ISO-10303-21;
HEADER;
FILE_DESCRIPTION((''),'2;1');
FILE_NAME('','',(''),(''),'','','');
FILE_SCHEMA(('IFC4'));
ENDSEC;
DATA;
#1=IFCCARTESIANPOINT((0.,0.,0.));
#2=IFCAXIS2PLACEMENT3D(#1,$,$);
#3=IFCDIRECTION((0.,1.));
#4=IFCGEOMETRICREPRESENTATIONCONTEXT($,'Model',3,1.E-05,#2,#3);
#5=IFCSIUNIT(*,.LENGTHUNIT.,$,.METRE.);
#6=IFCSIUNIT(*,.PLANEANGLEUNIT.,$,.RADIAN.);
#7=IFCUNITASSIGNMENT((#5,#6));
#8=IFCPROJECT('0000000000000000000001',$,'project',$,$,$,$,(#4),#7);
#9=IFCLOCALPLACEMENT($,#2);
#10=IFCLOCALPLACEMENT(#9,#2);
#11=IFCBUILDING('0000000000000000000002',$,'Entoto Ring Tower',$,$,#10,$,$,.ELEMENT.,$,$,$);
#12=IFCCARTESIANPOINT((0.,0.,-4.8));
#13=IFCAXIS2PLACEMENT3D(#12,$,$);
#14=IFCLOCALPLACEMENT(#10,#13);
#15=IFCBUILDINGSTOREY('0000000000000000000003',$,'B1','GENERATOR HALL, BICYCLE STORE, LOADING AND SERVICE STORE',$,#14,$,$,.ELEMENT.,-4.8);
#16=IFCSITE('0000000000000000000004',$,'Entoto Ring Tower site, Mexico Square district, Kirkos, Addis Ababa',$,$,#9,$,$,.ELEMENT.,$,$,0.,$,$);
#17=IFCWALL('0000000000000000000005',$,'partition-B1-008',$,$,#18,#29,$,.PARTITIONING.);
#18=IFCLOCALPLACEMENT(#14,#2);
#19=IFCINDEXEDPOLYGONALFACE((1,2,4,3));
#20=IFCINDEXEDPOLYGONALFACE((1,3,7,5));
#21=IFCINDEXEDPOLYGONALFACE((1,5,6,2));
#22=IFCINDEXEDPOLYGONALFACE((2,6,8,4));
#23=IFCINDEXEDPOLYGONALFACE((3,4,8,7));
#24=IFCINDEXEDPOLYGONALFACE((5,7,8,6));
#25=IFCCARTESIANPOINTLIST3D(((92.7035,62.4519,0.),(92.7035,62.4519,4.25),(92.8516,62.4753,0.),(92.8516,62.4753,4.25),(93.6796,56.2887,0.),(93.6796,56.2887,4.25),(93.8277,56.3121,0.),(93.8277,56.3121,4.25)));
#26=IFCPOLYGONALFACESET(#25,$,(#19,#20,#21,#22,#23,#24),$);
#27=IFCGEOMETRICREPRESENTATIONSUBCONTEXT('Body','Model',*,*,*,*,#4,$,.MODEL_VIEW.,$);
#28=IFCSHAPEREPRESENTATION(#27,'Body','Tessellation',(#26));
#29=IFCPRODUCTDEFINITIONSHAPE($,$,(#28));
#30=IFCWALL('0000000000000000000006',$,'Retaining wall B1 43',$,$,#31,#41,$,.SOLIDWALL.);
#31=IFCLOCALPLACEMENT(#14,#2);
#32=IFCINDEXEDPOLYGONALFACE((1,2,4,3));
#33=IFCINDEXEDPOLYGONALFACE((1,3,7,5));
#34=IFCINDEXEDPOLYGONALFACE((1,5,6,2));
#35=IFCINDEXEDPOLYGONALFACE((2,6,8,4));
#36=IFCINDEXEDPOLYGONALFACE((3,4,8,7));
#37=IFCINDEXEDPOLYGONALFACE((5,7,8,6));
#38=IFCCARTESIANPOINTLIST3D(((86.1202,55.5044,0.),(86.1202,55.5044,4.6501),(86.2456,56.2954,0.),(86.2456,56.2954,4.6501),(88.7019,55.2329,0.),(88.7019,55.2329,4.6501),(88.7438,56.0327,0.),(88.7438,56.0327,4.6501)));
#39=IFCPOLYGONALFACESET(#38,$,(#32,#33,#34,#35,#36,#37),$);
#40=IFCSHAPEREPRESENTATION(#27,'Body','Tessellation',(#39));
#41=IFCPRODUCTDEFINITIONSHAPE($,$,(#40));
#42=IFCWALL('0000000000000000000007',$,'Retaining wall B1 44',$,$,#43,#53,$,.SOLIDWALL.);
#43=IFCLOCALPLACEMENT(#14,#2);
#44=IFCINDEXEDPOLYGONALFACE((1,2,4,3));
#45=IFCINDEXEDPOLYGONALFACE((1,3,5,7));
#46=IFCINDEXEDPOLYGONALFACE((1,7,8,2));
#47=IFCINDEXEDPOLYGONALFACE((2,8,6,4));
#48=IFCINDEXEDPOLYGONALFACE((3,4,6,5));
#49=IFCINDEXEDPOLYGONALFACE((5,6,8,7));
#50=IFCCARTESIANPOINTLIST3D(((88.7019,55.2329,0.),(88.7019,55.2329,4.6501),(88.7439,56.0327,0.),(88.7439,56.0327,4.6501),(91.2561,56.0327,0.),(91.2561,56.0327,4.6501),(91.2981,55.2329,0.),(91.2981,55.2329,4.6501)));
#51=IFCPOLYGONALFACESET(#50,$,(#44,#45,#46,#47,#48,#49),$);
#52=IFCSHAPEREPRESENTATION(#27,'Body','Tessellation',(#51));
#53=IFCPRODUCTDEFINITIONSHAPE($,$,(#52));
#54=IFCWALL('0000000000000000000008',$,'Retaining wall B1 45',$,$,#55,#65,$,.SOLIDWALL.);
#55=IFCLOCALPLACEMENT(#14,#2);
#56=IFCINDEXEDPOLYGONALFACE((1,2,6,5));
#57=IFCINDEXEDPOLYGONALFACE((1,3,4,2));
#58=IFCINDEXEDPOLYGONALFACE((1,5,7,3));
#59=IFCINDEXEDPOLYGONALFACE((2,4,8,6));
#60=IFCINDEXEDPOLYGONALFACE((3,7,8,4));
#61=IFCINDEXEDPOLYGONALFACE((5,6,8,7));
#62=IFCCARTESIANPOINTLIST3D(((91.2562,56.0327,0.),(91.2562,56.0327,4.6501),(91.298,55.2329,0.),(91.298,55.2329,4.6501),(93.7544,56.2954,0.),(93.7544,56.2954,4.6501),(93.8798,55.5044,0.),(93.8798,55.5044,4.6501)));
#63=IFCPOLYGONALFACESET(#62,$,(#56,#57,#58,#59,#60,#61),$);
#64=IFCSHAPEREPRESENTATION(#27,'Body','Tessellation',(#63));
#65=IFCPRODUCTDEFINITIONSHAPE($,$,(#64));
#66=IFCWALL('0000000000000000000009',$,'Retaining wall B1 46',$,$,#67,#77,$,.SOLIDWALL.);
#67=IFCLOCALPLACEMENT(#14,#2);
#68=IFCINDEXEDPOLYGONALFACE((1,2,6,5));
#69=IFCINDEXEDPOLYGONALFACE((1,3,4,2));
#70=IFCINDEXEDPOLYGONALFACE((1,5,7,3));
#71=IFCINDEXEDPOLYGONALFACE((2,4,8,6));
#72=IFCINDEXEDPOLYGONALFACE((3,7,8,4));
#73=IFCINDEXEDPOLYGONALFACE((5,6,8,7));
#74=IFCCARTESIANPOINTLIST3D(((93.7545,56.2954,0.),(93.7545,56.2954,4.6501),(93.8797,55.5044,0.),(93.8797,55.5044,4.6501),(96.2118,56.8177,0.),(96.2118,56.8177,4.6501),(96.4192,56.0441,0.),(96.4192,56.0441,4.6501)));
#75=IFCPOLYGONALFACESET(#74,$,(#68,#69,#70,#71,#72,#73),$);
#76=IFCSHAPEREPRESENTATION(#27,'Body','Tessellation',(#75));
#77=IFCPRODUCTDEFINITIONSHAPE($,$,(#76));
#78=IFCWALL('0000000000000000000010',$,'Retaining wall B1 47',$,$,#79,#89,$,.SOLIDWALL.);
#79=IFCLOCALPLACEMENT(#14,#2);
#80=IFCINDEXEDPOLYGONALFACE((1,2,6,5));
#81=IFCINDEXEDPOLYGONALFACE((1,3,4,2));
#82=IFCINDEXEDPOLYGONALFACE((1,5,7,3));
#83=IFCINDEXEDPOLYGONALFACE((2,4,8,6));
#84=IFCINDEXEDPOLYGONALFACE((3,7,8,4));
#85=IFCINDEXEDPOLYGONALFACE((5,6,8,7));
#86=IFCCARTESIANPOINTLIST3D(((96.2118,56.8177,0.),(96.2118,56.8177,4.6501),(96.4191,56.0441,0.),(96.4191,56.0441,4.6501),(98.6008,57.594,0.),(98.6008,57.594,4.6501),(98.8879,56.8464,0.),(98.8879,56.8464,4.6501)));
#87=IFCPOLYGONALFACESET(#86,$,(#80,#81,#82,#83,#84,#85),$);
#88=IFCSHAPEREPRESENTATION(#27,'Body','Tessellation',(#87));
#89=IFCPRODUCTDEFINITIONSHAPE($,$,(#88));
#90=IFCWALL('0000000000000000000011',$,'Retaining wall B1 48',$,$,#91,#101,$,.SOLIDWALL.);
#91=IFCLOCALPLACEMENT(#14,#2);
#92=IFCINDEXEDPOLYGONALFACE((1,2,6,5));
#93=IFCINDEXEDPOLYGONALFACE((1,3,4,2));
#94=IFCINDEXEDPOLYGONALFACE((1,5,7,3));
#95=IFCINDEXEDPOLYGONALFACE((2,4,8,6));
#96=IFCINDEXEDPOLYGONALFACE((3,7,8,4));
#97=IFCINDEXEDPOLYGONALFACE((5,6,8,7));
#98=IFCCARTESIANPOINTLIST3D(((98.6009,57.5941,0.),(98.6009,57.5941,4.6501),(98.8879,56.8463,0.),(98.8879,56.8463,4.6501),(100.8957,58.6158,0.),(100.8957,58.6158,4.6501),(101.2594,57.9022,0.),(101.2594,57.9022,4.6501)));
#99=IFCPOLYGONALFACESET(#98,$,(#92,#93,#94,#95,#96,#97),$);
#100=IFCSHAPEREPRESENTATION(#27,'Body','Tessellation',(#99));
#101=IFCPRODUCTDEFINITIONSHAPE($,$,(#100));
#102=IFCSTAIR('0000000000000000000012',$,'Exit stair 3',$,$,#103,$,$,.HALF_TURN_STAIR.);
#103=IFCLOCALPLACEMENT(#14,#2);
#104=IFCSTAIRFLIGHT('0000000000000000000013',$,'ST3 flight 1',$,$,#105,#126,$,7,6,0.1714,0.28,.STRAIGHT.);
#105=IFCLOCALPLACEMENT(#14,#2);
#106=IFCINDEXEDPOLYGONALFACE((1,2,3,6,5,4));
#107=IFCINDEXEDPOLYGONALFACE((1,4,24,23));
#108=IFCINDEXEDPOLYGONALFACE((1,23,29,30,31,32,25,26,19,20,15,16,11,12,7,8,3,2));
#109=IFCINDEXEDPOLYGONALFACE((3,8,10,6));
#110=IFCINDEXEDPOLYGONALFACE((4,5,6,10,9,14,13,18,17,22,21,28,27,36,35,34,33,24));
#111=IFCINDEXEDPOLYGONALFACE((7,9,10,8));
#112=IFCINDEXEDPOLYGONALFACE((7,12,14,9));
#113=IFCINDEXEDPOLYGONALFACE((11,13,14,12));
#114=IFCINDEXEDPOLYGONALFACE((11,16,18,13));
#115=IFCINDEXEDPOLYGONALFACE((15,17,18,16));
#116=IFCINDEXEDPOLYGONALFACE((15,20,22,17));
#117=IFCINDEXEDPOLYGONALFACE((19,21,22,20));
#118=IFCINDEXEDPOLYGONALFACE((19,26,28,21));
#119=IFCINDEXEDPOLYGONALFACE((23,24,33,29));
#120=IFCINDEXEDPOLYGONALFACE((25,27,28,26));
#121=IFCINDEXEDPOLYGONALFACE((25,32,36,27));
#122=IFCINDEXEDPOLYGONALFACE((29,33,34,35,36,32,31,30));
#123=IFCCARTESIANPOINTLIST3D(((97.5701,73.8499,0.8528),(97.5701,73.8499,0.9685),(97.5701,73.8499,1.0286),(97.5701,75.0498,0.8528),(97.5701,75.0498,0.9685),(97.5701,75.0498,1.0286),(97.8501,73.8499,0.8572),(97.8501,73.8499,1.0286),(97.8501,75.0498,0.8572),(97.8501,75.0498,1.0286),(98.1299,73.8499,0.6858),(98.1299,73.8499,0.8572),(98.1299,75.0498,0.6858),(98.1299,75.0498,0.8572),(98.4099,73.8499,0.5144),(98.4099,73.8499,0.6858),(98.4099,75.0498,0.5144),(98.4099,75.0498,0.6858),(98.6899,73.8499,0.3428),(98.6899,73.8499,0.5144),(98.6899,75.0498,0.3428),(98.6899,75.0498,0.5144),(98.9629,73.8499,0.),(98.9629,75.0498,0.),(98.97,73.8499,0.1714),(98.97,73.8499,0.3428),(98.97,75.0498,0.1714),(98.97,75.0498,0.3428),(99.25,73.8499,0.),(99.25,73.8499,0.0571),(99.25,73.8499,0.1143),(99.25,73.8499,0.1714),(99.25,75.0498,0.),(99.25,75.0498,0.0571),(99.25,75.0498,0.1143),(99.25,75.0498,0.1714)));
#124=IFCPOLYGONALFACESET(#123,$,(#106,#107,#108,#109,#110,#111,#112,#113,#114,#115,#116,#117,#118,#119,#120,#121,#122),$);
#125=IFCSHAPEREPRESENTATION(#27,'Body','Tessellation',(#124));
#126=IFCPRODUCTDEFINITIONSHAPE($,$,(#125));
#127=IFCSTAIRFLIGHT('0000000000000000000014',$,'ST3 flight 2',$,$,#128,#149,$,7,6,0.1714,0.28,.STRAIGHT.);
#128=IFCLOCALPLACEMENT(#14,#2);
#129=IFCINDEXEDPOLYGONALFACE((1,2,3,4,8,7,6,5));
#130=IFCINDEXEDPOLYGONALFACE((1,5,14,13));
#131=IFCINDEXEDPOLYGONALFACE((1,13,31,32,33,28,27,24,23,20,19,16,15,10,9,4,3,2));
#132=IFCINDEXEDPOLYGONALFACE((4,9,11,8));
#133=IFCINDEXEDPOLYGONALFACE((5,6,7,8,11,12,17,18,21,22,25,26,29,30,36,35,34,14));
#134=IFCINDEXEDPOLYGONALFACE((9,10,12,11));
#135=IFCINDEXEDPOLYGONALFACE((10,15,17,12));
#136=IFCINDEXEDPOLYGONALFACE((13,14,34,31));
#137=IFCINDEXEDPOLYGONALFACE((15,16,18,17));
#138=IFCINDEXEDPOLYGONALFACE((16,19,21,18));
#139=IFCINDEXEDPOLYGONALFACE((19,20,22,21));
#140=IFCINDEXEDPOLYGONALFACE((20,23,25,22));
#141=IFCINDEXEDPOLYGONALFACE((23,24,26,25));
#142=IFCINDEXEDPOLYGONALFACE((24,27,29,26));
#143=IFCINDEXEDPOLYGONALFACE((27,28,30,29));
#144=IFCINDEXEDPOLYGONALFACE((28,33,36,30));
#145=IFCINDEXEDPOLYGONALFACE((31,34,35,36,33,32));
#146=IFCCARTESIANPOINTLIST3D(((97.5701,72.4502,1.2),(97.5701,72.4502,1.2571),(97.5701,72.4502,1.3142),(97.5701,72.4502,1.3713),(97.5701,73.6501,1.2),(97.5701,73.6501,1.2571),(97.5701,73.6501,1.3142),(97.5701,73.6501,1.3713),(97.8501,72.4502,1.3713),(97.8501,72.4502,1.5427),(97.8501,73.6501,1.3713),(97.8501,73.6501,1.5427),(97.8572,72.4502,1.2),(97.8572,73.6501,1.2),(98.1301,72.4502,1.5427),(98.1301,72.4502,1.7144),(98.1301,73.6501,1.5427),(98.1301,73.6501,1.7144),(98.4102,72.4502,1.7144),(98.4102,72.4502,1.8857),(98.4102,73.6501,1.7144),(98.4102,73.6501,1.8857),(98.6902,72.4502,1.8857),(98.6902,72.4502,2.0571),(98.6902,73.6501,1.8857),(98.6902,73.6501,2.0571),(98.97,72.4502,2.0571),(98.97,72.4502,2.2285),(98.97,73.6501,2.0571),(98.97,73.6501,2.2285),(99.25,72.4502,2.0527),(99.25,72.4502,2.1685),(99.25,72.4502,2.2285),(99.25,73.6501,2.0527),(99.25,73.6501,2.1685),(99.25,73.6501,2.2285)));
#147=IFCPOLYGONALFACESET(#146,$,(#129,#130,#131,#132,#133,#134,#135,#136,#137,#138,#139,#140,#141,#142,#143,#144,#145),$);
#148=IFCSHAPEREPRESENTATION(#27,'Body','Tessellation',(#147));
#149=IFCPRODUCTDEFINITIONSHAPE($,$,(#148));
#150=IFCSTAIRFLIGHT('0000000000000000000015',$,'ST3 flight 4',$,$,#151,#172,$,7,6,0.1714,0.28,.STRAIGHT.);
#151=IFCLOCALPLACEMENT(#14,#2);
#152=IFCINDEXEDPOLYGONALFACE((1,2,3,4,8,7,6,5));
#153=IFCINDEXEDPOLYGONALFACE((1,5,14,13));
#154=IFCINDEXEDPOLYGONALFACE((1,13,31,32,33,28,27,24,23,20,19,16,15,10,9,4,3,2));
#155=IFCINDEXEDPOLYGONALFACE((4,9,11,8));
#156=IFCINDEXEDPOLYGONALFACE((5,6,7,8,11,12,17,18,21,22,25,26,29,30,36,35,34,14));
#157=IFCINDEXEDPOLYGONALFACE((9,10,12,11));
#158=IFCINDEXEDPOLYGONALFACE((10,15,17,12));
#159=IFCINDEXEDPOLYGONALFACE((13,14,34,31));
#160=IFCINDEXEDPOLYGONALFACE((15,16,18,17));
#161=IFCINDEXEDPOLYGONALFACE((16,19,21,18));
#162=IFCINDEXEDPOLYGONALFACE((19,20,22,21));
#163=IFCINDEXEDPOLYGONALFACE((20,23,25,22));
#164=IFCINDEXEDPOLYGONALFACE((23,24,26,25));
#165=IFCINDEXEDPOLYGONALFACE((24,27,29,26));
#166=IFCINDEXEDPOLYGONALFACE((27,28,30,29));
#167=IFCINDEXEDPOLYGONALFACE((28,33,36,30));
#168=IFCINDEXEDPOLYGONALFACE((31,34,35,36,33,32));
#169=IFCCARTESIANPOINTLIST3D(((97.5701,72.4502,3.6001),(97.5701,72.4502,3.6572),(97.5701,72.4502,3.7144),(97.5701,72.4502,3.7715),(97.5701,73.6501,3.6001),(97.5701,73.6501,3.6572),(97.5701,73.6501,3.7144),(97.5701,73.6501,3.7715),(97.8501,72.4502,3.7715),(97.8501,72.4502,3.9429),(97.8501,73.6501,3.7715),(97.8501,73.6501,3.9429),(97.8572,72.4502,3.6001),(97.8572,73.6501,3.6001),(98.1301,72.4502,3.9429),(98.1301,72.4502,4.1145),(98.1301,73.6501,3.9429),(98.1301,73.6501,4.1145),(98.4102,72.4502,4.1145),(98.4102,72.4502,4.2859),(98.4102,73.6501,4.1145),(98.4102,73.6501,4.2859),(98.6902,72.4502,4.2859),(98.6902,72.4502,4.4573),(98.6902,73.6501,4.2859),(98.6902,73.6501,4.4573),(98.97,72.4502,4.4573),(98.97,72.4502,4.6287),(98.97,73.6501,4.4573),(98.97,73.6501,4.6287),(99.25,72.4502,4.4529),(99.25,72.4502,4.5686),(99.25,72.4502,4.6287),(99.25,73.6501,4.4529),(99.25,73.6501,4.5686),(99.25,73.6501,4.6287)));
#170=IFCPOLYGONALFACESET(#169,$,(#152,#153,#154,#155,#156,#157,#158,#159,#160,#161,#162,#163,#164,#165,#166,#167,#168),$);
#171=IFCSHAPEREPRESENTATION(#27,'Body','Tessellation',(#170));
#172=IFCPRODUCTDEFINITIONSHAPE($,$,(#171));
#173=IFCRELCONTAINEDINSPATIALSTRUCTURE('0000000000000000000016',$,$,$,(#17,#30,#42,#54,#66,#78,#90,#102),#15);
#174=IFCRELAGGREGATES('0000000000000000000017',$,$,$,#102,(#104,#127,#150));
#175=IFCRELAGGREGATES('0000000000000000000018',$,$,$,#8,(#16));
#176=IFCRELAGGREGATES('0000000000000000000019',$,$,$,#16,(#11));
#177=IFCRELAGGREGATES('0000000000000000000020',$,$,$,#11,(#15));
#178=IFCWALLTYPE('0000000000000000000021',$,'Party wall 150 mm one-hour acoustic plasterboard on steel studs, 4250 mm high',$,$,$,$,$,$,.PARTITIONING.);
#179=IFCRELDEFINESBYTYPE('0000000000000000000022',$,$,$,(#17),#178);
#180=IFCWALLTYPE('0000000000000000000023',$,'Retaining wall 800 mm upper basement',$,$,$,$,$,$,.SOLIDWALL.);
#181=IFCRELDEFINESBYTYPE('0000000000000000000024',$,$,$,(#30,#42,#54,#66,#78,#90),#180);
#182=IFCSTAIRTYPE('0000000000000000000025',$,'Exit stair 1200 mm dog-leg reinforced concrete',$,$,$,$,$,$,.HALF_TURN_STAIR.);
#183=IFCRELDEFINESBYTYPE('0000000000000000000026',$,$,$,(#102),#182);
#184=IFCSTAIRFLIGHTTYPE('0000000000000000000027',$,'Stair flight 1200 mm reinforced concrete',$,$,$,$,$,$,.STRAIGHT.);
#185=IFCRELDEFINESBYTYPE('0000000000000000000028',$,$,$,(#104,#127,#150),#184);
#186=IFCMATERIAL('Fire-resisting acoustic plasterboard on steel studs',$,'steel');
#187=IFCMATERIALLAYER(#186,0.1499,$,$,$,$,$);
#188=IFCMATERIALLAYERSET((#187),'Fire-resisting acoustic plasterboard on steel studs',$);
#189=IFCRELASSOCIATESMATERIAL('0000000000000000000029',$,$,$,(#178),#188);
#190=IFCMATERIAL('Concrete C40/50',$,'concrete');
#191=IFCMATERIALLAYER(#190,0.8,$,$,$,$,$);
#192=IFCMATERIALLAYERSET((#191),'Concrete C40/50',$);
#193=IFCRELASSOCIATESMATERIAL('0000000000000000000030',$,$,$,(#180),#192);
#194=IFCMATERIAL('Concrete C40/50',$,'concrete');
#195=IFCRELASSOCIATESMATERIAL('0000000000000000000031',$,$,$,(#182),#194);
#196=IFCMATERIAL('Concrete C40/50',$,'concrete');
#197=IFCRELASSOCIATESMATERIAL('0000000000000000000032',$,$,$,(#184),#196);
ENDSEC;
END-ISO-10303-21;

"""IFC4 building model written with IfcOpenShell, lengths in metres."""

from ifc_helpers import new_model, si_unit, direction, frame, frame_2d, origin, place, context, subcontext, project, spatial, polyline, rectangle, outline, extrude, material, layer, layer_set, type_object, element, aggregate, save


model = new_model("IFC4")

# Units and contexts
model_context = context("Model", 3, precision=1e-05, world=origin(), true_north=direction((0.0, 1.0)))
body_context = subcontext(model_context, "Body", "Model", "MODEL_VIEW")
ifc_project = project(units=[si_unit("LENGTHUNIT", "METRE"), si_unit("PLANEANGLEUNIT", "RADIAN")], contexts=[model_context])

# Site, building, storey
site_placement = place(None, origin())
site = spatial("IfcSite", under=ifc_project, at=site_placement, Name="Entoto Ring Tower site, Mexico Square district, Kirkos, Addis Ababa", CompositionType="ELEMENT", RefElevation=0.0)
building_placement = place(site_placement, origin())
building = spatial("IfcBuilding", under=site, at=building_placement, Name="Entoto Ring Tower", CompositionType="ELEMENT")
storey_placement = place(building_placement, frame((0.0, 0.0, -4.8)))
storey = spatial("IfcBuildingStorey", under=building, at=storey_placement, Name="B1", Description="GENERATOR HALL, BICYCLE STORE, LOADING AND SERVICE STORE", CompositionType="ELEMENT", Elevation=-4.8)

# Walls
ifc_material_1 = material(Name="Fire-resisting acoustic plasterboard on steel studs", Category="steel")
ifc_layer_1 = layer(ifc_material_1, 0.1499)
ifc_layer_set_1 = layer_set([ifc_layer_1], Name="Fire-resisting acoustic plasterboard on steel studs")
wall_type_1 = type_object("IfcWallType", Name="Party wall 150 mm one-hour acoustic plasterboard on steel studs, 4250 mm high", PredefinedType="PARTITIONING", material=ifc_layer_set_1)
wall_1_placement = place(storey_placement, frame((93.7537, 56.3003, 0.0), z_axis=(0.0, 0.0, 1.0), x_axis=(-0.156425, 0.98769, 0.0)))
element("IfcWall", 1, at=wall_1_placement, inside=storey, type_object=wall_type_1, Name="partition-B1-008", PredefinedType="PARTITIONING", context=body_context, shape_type="SweptSolid", body=[
    extrude(rectangle(XDim=6.24, YDim=0.1499, at=frame_2d((3.1201, 0.0))), origin(), (0.0, 0.0, 1.0), 4.25),
])
ifc_material_2 = material(Name="Concrete C40/50", Category="concrete")
ifc_layer_2 = layer(ifc_material_2, 0.8)
ifc_layer_set_2 = layer_set([ifc_layer_2], Name="Concrete C40/50")
wall_type_2 = type_object("IfcWallType", Name="Retaining wall 800 mm upper basement", PredefinedType="SOLIDWALL", material=ifc_layer_set_2)
wall_2_placement = place(storey_placement, frame((86.1829, 55.8999, 0.0), z_axis=(0.0, 0.0, 1.0), x_axis=(0.994517, -0.104575, 0.0)))
element("IfcWall", 2, at=wall_2_placement, inside=storey, type_object=wall_type_2, Name="Retaining wall B1 43", PredefinedType="SOLIDWALL", context=body_context, shape_type="SweptSolid", body=[
    extrude(outline(polyline([(-0.021, -0.3999), (2.575, -0.3999), (2.533, 0.3999), (0.021, 0.3999), (-0.021, -0.3999)])), origin(), (0.0, 0.0, 1.0), 4.6501),
])
wall_3_placement = place(storey_placement, frame((88.7229, 55.6328, 0.0), z_axis=(0.0, 0.0, 1.0), x_axis=(1.0, 0.0, 0.0)))
element("IfcWall", 3, at=wall_3_placement, inside=storey, type_object=wall_type_2, Name="Retaining wall B1 44", PredefinedType="SOLIDWALL", context=body_context, shape_type="SweptSolid", body=[
    extrude(outline(polyline([(-0.021, -0.3999), (2.5752, -0.3999), (2.5332, 0.3999), (0.021, 0.3999), (-0.021, -0.3999)])), origin(), (0.0, 0.0, 1.0), 4.6501),
])
wall_4_placement = place(storey_placement, frame((91.2771, 55.6328, 0.0), z_axis=(0.0, 0.0, 1.0), x_axis=(0.994517, 0.104575, 0.0)))
element("IfcWall", 4, at=wall_4_placement, inside=storey, type_object=wall_type_2, Name="Retaining wall B1 45", PredefinedType="SOLIDWALL", context=body_context, shape_type="SweptSolid", body=[
    extrude(outline(polyline([(-0.021, -0.3999), (2.575, -0.3999), (2.533, 0.3999), (0.021, 0.3999), (-0.021, -0.3999)])), origin(), (0.0, 0.0, 1.0), 4.6501),
])
wall_5_placement = place(storey_placement, frame((93.8171, 55.8999, 0.0), z_axis=(0.0, 0.0, 1.0), x_axis=(0.978149, 0.207903, 0.0)))
element("IfcWall", 5, at=wall_5_placement, inside=storey, type_object=wall_type_2, Name="Retaining wall B1 46", PredefinedType="SOLIDWALL", context=body_context, shape_type="SweptSolid", body=[
    extrude(outline(polyline([(-0.021, -0.3999), (2.5752, -0.3999), (2.5332, 0.3999), (0.021, 0.3999), (-0.021, -0.3999)])), origin(), (0.0, 0.0, 1.0), 4.6501),
])
for number, where, z_axis, x_axis, name in (
    (6, (96.3154, 56.4309, 0.0), (0.0, 0.0, 1.0), (0.951046, 0.309049, 0.0), "Retaining wall B1 47"),
    (7, (98.7444, 57.2202, 0.0), (0.0, 0.0, 1.0), (0.913547, 0.406733, 0.0), "Retaining wall B1 48"),
):
    element("IfcWall", number, at=place(storey_placement, frame(where, z_axis=z_axis, x_axis=x_axis)), inside=storey, type_object=wall_type_2, Name=name, PredefinedType="SOLIDWALL", context=body_context, shape_type="SweptSolid", body=[
        extrude(outline(polyline([(-0.021, -0.3999), (2.575, -0.3999), (2.533, 0.3999), (0.021, 0.3999), (-0.021, -0.3999)])), origin(), (0.0, 0.0, 1.0), 4.6501),
    ])

# Stair, stair flights
ifc_material_3 = material(Name="Concrete C40/50", Category="concrete")
stair_type = type_object("IfcStairType", Name="Exit stair 1200 mm dog-leg reinforced concrete", PredefinedType="HALF_TURN_STAIR", material=ifc_material_3)
stair_placement = place(storey_placement, origin())
stair = element("IfcStair", 8, at=stair_placement, inside=storey, type_object=stair_type, Name="Exit stair 3", PredefinedType="HALF_TURN_STAIR")
ifc_material_4 = material(Name="Concrete C40/50", Category="concrete")
stair_flight_type = type_object("IfcStairFlightType", Name="Stair flight 1200 mm reinforced concrete", PredefinedType="STRAIGHT", material=ifc_material_4)
stair_flight_1_placement = place(storey_placement, frame((99.25, 74.45, 0.0), z_axis=(0.0, 0.0, 1.0), x_axis=(-1.0, 0.0, 0.0)))
stair_flight_1 = element("IfcStairFlight", 9, at=stair_flight_1_placement, type_object=stair_flight_type, Name="ST3 flight 1", NumberOfRisers=7, NumberOfTreads=6, PredefinedType="STRAIGHT", RiserHeight=0.1714, TreadLength=0.28, context=body_context, shape_type="SweptSolid", body=[
    extrude(outline(polyline([(0.0, 0.0), (0.0, 0.0571), (0.0, 0.1143), (0.0, 0.1714), (0.28, 0.1714), (0.28, 0.3428), (0.5601, 0.3428), (0.5601, 0.5144), (0.8401, 0.5144), (0.8401, 0.6858), (1.1201, 0.6858), (1.1201, 0.8572), (1.3999, 0.8572), (1.3999, 1.0286), (1.6799, 1.0286), (1.6799, 1.2), (1.6799, 1.0842), (1.6799, 0.9685), (1.6799, 0.8528), (0.2871, 0.0), (0.0, 0.0)])), frame((0.0, 0.6001, 0.0), z_axis=(0.0, -1.0, 0.0), x_axis=(1.0, 0.0, 0.0)), (0.0, 0.0, 1.0), 1.2),
])
stair_flight_2_placement = place(storey_placement, frame((97.5701, 73.05, 1.2), z_axis=(0.0, 0.0, 1.0), x_axis=(1.0, 0.0, 0.0)))
stair_flight_2 = element("IfcStairFlight", 10, at=stair_flight_2_placement, type_object=stair_flight_type, Name="ST3 flight 2", NumberOfRisers=7, NumberOfTreads=6, PredefinedType="STRAIGHT", RiserHeight=0.1714, TreadLength=0.28, context=body_context, shape_type="SweptSolid", body=[
    extrude(outline(polyline([(0.0, 0.0), (0.0, 0.0571), (0.0, 0.1143), (0.0, 0.1714), (0.28, 0.1714), (0.28, 0.3428), (0.5601, 0.3428), (0.5601, 0.5144), (0.8401, 0.5144), (0.8401, 0.6858), (1.1201, 0.6858), (1.1201, 0.8572), (1.3999, 0.8572), (1.3999, 1.0286), (1.6799, 1.0286), (1.6799, 1.2), (1.6799, 1.0842), (1.6799, 0.9685), (1.6799, 0.8528), (0.2871, 0.0), (0.0, 0.0)])), frame((0.0, 0.6001, 0.0), z_axis=(0.0, -1.0, 0.0), x_axis=(1.0, 0.0, 0.0)), (0.0, 0.0, 1.0), 1.2),
])
stair_flight_3_placement = place(storey_placement, frame((97.5701, 73.05, 3.6001), z_axis=(0.0, 0.0, 1.0), x_axis=(1.0, 0.0, 0.0)))
stair_flight_3 = element("IfcStairFlight", 11, at=stair_flight_3_placement, type_object=stair_flight_type, Name="ST3 flight 4", NumberOfRisers=7, NumberOfTreads=6, PredefinedType="STRAIGHT", RiserHeight=0.1714, TreadLength=0.28, context=body_context, shape_type="SweptSolid", body=[
    extrude(outline(polyline([(0.0, 0.0), (0.0, 0.0571), (0.0, 0.1143), (0.0, 0.1714), (0.28, 0.1714), (0.28, 0.3428), (0.5601, 0.3428), (0.5601, 0.5144), (0.8401, 0.5144), (0.8401, 0.6858), (1.1201, 0.6858), (1.1201, 0.8572), (1.3999, 0.8572), (1.3999, 1.0286), (1.6799, 1.0286), (1.6799, 1.2), (1.6799, 1.0842), (1.6799, 0.9685), (1.6799, 0.8528), (0.2871, 0.0), (0.0, 0.0)])), frame((0.0, 0.6001, 0.0), z_axis=(0.0, -1.0, 0.0), x_axis=(1.0, 0.0, 0.0)), (0.0, 0.0, 1.0), 1.2),
])
aggregate(stair, [stair_flight_1, stair_flight_2, stair_flight_3])

save(model, "model.ifc")
